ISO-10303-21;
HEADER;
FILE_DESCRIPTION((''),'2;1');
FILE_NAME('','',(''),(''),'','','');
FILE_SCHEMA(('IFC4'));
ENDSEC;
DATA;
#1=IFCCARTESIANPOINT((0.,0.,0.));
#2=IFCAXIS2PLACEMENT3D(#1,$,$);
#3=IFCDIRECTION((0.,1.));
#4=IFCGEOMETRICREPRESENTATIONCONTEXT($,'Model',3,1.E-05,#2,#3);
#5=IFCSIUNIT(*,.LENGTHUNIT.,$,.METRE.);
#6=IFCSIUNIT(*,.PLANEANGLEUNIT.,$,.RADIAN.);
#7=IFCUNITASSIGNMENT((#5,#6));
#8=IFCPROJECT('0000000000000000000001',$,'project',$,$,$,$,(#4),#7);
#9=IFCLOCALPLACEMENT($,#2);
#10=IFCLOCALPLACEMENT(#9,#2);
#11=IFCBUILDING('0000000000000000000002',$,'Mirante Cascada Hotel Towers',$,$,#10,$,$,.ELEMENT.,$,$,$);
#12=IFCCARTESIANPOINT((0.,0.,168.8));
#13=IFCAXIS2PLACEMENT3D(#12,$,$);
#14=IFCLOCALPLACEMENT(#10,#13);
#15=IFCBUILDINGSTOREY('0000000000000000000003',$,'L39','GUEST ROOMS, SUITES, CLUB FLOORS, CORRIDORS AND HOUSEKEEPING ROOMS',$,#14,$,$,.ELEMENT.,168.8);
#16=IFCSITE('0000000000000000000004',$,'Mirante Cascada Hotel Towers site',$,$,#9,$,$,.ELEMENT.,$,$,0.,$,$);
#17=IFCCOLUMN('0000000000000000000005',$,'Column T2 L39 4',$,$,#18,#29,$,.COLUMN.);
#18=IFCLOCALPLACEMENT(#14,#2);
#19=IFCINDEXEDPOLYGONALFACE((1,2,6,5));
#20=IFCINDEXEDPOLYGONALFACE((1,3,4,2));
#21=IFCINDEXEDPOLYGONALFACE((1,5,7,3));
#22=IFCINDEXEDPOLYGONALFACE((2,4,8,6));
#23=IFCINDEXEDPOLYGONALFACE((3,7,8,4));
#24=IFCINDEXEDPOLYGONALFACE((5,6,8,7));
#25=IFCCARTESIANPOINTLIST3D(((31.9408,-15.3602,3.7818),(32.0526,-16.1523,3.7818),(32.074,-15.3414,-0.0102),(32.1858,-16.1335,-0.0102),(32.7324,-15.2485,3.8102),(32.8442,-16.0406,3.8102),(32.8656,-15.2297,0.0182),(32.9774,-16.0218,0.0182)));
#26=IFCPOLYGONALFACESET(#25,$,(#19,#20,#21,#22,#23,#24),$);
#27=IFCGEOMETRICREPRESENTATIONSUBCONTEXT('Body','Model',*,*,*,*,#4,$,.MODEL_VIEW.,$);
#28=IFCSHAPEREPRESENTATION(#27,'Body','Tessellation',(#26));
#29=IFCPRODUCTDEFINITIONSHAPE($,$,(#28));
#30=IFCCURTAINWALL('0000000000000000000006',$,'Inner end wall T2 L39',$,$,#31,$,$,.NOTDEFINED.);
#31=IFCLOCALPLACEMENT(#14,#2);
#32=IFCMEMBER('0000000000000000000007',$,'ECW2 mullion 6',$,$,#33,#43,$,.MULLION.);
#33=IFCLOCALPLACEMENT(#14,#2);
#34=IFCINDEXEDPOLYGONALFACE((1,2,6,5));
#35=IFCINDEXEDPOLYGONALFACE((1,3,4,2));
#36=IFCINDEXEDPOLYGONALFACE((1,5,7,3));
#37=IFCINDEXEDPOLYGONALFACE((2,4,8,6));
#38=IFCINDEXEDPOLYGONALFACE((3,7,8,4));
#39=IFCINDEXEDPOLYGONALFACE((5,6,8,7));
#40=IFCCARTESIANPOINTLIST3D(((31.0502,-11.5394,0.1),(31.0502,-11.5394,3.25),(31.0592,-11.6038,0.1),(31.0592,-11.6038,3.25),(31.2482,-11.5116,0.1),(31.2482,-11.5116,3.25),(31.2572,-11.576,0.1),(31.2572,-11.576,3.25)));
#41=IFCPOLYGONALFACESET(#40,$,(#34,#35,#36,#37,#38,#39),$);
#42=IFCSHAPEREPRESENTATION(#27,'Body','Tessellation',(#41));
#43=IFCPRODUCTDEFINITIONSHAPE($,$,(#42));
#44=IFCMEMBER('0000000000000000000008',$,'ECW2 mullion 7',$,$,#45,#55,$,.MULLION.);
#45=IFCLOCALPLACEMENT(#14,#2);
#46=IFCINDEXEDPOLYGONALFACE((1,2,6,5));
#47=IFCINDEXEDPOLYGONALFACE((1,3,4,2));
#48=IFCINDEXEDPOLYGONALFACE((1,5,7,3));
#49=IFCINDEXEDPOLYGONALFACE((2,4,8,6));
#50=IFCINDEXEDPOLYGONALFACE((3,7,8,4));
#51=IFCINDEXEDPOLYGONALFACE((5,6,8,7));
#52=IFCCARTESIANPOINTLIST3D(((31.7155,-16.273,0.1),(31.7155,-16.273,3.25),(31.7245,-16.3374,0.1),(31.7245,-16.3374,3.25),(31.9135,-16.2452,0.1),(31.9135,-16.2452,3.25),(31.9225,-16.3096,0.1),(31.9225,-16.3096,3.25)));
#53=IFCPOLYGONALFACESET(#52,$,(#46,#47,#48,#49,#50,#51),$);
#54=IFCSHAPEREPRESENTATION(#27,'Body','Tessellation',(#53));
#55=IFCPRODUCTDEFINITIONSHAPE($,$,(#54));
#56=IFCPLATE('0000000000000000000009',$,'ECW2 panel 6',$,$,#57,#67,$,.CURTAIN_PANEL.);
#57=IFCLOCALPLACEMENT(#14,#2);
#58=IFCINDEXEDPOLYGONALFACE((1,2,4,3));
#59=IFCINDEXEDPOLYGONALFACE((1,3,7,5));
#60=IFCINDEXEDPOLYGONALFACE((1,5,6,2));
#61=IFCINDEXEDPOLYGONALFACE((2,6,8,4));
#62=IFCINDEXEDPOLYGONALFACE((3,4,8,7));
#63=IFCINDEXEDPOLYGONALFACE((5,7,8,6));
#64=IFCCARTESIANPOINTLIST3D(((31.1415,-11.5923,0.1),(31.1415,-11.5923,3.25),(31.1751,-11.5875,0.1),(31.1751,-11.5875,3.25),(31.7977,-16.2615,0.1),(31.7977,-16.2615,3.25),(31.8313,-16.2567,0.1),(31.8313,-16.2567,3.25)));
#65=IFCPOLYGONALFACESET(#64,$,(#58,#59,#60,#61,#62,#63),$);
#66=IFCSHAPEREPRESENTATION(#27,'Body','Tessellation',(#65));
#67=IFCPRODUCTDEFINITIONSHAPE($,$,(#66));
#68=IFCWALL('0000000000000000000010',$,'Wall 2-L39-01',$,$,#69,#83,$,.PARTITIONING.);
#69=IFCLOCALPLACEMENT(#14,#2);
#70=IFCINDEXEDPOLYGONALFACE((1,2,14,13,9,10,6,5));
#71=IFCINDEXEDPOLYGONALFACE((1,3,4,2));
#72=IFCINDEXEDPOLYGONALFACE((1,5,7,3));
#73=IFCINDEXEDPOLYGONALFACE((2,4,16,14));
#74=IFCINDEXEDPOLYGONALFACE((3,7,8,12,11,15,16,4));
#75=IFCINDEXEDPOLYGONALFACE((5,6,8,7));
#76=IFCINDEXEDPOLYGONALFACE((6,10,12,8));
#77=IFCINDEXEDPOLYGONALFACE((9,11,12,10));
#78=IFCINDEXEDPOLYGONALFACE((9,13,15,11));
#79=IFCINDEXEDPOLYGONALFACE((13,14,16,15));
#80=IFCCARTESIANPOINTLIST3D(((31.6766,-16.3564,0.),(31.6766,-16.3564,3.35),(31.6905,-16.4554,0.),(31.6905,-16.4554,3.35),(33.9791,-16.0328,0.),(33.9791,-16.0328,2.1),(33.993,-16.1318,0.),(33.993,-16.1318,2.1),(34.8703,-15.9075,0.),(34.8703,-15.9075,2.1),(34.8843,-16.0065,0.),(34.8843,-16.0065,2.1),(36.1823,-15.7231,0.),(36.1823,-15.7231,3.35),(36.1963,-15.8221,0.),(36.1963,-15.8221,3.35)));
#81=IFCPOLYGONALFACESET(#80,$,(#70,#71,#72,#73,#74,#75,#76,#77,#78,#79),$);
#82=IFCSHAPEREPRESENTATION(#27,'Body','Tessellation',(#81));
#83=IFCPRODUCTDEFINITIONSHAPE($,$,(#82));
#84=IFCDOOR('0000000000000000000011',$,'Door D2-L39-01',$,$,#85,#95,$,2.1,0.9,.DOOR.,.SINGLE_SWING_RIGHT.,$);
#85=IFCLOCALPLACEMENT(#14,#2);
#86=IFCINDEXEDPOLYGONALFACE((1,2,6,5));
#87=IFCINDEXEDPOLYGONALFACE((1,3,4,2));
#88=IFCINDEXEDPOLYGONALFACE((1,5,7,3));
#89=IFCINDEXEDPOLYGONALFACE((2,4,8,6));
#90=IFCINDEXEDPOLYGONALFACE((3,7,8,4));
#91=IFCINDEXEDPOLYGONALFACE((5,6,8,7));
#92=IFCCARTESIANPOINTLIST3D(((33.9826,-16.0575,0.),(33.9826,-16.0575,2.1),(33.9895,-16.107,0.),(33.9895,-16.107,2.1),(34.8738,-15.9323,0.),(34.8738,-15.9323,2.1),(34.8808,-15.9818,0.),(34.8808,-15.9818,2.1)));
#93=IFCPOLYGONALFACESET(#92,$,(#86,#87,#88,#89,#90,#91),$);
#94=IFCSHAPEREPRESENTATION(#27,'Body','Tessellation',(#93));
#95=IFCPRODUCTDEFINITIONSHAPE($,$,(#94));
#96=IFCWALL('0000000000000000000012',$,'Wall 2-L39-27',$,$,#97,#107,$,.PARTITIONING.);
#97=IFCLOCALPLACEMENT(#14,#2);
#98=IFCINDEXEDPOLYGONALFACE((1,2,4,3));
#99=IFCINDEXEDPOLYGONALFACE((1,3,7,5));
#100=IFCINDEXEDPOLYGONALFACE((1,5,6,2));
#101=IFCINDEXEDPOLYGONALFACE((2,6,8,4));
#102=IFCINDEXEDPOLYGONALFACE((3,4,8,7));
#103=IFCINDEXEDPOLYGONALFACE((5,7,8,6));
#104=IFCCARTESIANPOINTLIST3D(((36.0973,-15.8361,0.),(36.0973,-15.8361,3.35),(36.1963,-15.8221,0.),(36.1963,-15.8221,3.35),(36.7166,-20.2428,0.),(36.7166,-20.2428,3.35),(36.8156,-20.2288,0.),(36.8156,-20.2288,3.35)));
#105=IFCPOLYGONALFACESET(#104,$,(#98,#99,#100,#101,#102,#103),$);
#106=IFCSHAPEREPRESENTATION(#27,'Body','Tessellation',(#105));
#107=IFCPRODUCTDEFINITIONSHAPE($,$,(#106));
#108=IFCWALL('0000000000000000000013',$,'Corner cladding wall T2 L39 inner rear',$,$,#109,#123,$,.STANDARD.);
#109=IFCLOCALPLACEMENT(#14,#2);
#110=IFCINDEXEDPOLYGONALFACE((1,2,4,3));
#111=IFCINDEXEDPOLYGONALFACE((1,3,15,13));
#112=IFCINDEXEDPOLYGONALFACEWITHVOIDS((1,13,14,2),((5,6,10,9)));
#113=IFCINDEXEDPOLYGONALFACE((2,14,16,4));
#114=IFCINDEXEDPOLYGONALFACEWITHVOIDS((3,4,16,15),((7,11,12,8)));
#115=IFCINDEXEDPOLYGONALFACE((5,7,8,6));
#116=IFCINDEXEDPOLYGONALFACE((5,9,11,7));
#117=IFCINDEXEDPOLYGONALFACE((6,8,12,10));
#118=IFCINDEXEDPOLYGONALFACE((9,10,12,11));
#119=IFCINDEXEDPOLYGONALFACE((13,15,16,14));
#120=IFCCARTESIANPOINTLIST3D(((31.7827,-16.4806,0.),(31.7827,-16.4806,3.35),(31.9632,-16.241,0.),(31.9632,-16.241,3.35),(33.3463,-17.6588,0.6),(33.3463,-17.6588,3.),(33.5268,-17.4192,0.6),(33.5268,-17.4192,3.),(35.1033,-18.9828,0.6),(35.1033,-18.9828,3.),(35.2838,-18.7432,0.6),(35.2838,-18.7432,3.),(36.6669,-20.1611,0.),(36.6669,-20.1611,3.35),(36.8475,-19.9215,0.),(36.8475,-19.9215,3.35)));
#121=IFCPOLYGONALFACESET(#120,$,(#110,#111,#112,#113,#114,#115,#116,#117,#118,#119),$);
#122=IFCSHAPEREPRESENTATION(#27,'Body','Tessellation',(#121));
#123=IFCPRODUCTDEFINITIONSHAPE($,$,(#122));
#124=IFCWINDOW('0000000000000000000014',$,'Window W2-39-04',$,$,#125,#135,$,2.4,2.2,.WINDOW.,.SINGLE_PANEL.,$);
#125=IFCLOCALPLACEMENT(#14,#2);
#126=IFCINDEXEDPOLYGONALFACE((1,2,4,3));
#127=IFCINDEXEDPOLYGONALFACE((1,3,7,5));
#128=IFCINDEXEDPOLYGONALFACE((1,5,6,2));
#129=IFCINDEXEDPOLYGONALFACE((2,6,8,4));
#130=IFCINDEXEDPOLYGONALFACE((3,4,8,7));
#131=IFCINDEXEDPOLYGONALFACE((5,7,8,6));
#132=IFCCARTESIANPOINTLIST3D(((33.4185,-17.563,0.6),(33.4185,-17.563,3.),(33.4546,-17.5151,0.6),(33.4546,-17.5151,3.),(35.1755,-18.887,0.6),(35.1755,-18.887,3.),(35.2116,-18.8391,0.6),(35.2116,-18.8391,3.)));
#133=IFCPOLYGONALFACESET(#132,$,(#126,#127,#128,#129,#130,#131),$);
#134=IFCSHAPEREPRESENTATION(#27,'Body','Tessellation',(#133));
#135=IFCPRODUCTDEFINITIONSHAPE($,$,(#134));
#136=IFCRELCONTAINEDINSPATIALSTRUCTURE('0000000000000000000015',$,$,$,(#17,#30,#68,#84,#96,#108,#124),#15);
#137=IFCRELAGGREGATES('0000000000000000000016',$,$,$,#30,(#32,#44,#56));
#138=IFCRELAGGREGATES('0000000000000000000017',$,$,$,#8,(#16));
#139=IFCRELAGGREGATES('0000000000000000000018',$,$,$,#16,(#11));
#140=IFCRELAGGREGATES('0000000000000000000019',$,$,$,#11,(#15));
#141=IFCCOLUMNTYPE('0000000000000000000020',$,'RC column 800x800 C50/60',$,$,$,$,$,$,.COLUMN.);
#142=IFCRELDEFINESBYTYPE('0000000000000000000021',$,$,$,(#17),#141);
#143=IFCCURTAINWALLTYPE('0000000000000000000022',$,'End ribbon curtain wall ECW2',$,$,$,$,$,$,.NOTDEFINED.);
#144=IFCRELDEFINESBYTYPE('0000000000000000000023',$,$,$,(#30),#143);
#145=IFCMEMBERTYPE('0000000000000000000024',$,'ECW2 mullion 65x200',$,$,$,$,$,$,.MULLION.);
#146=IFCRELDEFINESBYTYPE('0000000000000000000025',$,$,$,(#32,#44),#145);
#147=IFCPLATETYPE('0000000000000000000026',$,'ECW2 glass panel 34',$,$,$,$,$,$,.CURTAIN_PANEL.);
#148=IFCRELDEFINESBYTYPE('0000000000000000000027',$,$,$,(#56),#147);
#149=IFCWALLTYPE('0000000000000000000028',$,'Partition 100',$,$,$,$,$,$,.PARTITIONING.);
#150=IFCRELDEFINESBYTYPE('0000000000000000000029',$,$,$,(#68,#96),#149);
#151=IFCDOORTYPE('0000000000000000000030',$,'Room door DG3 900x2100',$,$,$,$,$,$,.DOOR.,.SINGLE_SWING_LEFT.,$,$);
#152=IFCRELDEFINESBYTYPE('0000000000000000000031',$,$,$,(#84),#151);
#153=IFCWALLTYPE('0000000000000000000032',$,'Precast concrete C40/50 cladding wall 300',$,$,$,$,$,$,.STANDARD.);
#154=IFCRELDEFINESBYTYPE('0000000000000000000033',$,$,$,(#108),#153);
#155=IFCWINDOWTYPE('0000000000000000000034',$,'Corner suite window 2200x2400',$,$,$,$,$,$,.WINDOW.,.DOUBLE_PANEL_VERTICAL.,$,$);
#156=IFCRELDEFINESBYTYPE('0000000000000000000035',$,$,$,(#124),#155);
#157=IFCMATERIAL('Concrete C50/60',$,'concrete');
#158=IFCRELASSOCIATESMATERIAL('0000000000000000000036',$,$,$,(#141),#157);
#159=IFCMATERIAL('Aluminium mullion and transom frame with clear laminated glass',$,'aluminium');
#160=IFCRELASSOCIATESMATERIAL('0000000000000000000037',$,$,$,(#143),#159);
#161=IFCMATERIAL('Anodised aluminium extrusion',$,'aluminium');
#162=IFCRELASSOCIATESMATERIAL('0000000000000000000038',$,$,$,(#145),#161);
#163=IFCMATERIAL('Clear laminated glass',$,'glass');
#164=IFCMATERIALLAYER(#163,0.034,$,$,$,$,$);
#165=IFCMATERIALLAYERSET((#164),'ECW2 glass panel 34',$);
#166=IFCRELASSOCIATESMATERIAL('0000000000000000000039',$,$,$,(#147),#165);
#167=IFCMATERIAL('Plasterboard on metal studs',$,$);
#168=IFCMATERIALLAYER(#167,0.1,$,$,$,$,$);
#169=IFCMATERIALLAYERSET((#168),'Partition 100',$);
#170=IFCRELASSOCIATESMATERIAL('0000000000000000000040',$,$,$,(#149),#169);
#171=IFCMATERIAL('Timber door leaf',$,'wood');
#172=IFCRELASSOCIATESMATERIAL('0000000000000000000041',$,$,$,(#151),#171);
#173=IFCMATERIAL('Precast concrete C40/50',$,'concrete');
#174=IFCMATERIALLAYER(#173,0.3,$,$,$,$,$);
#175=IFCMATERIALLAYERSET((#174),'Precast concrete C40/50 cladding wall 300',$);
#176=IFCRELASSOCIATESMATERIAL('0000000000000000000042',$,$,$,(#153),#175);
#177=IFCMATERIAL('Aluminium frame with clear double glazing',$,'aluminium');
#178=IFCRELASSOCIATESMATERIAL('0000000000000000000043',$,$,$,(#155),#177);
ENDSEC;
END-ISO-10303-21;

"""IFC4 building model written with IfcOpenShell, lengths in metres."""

from ifc_helpers import new_model, si_unit, direction, frame, frame_2d, origin, origin_2d, place, context, subcontext, project, spatial, rectangle, extrude, material, layer, layer_set, material_profile, profile_set, type_object, element, fill, aggregate, save


model = new_model("IFC4")

# Units and contexts
model_context = context("Model", 3, precision=1e-05, world=origin(), true_north=direction((0.0, 1.0)))
body_context = subcontext(model_context, "Body", "Model", "MODEL_VIEW")
ifc_project = project(units=[si_unit("LENGTHUNIT", "METRE"), si_unit("PLANEANGLEUNIT", "RADIAN")], contexts=[model_context])

# Site, building, storey
site_placement = place(None, origin())
site = spatial("IfcSite", under=ifc_project, at=site_placement, Name="Mirante Cascada Hotel Towers site", CompositionType="ELEMENT", RefElevation=0.0)
building_placement = place(site_placement, origin())
building = spatial("IfcBuilding", under=site, at=building_placement, Name="Mirante Cascada Hotel Towers", CompositionType="ELEMENT")
storey_placement = place(building_placement, frame((0.0, 0.0, 168.8)))
storey = spatial("IfcBuildingStorey", under=building, at=storey_placement, Name="L39", Description="GUEST ROOMS, SUITES, CLUB FLOORS, CORRIDORS AND HOUSEKEEPING ROOMS", CompositionType="ELEMENT", Elevation=168.8)

# Column
ifc_material_1 = material(Name="Concrete C50/60", Category="concrete")
ifc_material_profile_1 = material_profile(ifc_material_1, rectangle(XDim=0.8, YDim=0.8, at=origin_2d()), Name="RC column 800x800 C50/60")
ifc_profile_set_1 = profile_set([ifc_material_profile_1], Name="Concrete C50/60")
column_type = type_object("IfcColumnType", Name="RC column 800x800 C50/60", PredefinedType="COLUMN", material=ifc_profile_set_1)
column_placement = place(storey_placement, frame((32.5257, -15.6816, 0.004), z_axis=(-0.035104, -0.004955, 0.999371), x_axis=(0.139756, -0.990186, 0.0)))
element("IfcColumn", 1, at=column_placement, inside=storey, type_object=column_type, Name="Column T2 L39 4", PredefinedType="COLUMN", context=body_context, shape_type="SweptSolid", body=[
    extrude(rectangle(XDim=0.8, YDim=0.8, at=origin_2d()), origin(), (0.0, 0.0, 1.0), 3.7944),
])

# Curtain wall, members, plate
ifc_material_2 = material(Name="Aluminium mullion and transom frame with clear laminated glass", Category="aluminium")
curtain_wall_type = type_object("IfcCurtainWallType", Name="End ribbon curtain wall ECW2", PredefinedType="NOTDEFINED", material=ifc_material_2)
curtain_wall_placement = place(storey_placement, origin())
curtain_wall = element("IfcCurtainWall", 2, at=curtain_wall_placement, inside=storey, type_object=curtain_wall_type, Name="Inner end wall T2 L39", PredefinedType="NOTDEFINED")
ifc_material_3 = material(Name="Anodised aluminium extrusion", Category="aluminium")
ifc_material_profile_2 = material_profile(ifc_material_3, rectangle(XDim=0.2, YDim=0.065, at=origin_2d()), Name="ECW2 MULLION 65x200")
ifc_profile_set_2 = profile_set([ifc_material_profile_2], Name="Anodised aluminium extrusion")
member_type = type_object("IfcMemberType", Name="ECW2 mullion 65x200", PredefinedType="MULLION", material=ifc_profile_set_2)
member_1_placement = place(storey_placement, frame((31.1537, -11.5577, 0.1), z_axis=(0.0, 0.0, 1.0), x_axis=(0.990268, 0.139173, 0.0)))
member_1 = element("IfcMember", 3, at=member_1_placement, type_object=member_type, Name="ECW2 mullion 6", PredefinedType="MULLION", context=body_context, shape_type="SweptSolid", body=[
    extrude(rectangle(XDim=0.2, YDim=0.065, at=origin_2d()), origin(), (0.0, 0.0, 1.0), 3.15),
])
member_2_placement = place(storey_placement, frame((31.819, -16.2913, 0.1), z_axis=(0.0, 0.0, 1.0), x_axis=(0.990268, 0.139173, 0.0)))
member_2 = element("IfcMember", 4, at=member_2_placement, type_object=member_type, Name="ECW2 mullion 7", PredefinedType="MULLION", context=body_context, shape_type="SweptSolid", body=[
    extrude(rectangle(XDim=0.2, YDim=0.065, at=origin_2d()), origin(), (0.0, 0.0, 1.0), 3.15),
])
ifc_material_4 = material(Name="Clear laminated glass", Category="glass")
ifc_layer_1 = layer(ifc_material_4, 0.034)
ifc_layer_set_1 = layer_set([ifc_layer_1], Name="ECW2 glass panel 34")
plate_type = type_object("IfcPlateType", Name="ECW2 glass panel 34", PredefinedType="CURTAIN_PANEL", material=ifc_layer_set_1)
plate_placement = place(storey_placement, frame((31.4864, -13.9245, 0.1), z_axis=(0.0, 0.0, 1.0), x_axis=(0.139173, -0.990268, 0.0)))
plate = element("IfcPlate", 5, at=plate_placement, type_object=plate_type, Name="ECW2 panel 6", PredefinedType="CURTAIN_PANEL", context=body_context, shape_type="SweptSolid", body=[
    extrude(rectangle(XDim=4.7151, YDim=0.034, at=origin_2d()), origin(), (0.0, 0.0, 1.0), 3.15),
])
aggregate(curtain_wall, [member_1, member_2, plate])

# Wall, opening, door
ifc_material_5 = material(Name="Plasterboard on metal studs")
ifc_layer_2 = layer(ifc_material_5, 0.1)
ifc_layer_set_2 = layer_set([ifc_layer_2], Name="Partition 100")
wall_type_1 = type_object("IfcWallType", Name="Partition 100", PredefinedType="PARTITIONING", material=ifc_layer_set_2)
wall_1_placement = place(storey_placement, frame((36.1893, -15.7726, 0.0), z_axis=(0.0, 0.0, 1.0), x_axis=(-0.990266, -0.139187, 0.0)))
wall_1 = element("IfcWall", 6, at=wall_1_placement, inside=storey, type_object=wall_type_1, Name="Wall 2-L39-01", PredefinedType="PARTITIONING", context=body_context, shape_type="SweptSolid", body=[
    extrude(rectangle(XDim=4.55, YDim=0.1, at=frame_2d((2.275, 0.0))), origin(), (0.0, 0.0, 1.0), 3.35),
])
opening_1_placement = place(wall_1_placement, frame((1.3249, 0.0, 0.0)))
opening_1 = element("IfcOpeningElement", 7, at=opening_1_placement, cuts=wall_1, PredefinedType="OPENING", context=body_context, shape_type="SweptSolid", body=[
    extrude(rectangle(XDim=0.9, YDim=2.1, at=frame_2d((0.45, 1.05))), frame((0.0, 0.05, 0.0), z_axis=(0.0, -1.0, 0.0), x_axis=(1.0, 0.0, 0.0)), (0.0, 0.0, 1.0), 0.1),
])
ifc_material_6 = material(Name="Timber door leaf", Category="wood")
door_type = type_object("IfcDoorType", Name="Room door DG3 900x2100", OperationType="SINGLE_SWING_LEFT", PredefinedType="DOOR", material=ifc_material_6)
door_placement = place(opening_1_placement, frame((0.9, 0.0, 0.0), z_axis=(0.0, 0.0, 1.0), x_axis=(-1.0, 0.0, 0.0)))
door = element("IfcDoor", 8, at=door_placement, inside=storey, type_object=door_type, Name="Door D2-L39-01", OperationType="SINGLE_SWING_RIGHT", OverallHeight=2.1, OverallWidth=0.9, PredefinedType="DOOR", context=body_context, shape_type="SweptSolid", body=[
    extrude(rectangle(XDim=0.9, YDim=2.1, at=frame_2d((0.45, 1.05))), frame((0.0, 0.025, 0.0), z_axis=(0.0, -1.0, 0.0), x_axis=(1.0, 0.0, 0.0)), (0.0, 0.0, 1.0), 0.05),
])
fill(opening_1, door)

# Wall
wall_2_placement = place(storey_placement, frame((36.1468, -15.8291, 0.0), z_axis=(0.0, 0.0, 1.0), x_axis=(0.139168, -0.990269, 0.0)))
element("IfcWall", 9, at=wall_2_placement, inside=storey, type_object=wall_type_1, Name="Wall 2-L39-27", PredefinedType="PARTITIONING", context=body_context, shape_type="SweptSolid", body=[
    extrude(rectangle(XDim=4.45, YDim=0.1, at=frame_2d((2.225, 0.0))), origin(), (0.0, 0.0, 1.0), 3.35),
])

# Wall, opening, window
ifc_material_7 = material(Name="Precast concrete C40/50", Category="concrete")
ifc_layer_3 = layer(ifc_material_7, 0.3)
ifc_layer_set_3 = layer_set([ifc_layer_3], Name="Precast concrete C40/50 cladding wall 300")
wall_type_2 = type_object("IfcWallType", Name="Precast concrete C40/50 cladding wall 300", PredefinedType="STANDARD", material=ifc_layer_set_3)
wall_3_placement = place(storey_placement, frame((31.873, -16.3608, 0.0), z_axis=(0.0, 0.0, 1.0), x_axis=(0.798636, -0.601814, 0.0)))
wall_3 = element("IfcWall", 10, at=wall_3_placement, inside=storey, type_object=wall_type_2, Name="Corner cladding wall T2 L39 inner rear", PredefinedType="STANDARD", context=body_context, shape_type="SweptSolid", body=[
    extrude(rectangle(XDim=6.1157, YDim=0.3, at=frame_2d((3.0578, 0.0))), origin(), (0.0, 0.0, 1.0), 3.35),
])
opening_2_placement = place(wall_3_placement, frame((1.9578, 0.0, 0.6)))
opening_2 = element("IfcOpeningElement", 11, at=opening_2_placement, cuts=wall_3, PredefinedType="OPENING", context=body_context, shape_type="SweptSolid", body=[
    extrude(rectangle(XDim=2.2, YDim=2.4, at=frame_2d((1.1, 1.2))), frame((0.0, 0.15, 0.0), z_axis=(0.0, -1.0, 0.0), x_axis=(1.0, 0.0, 0.0)), (0.0, 0.0, 1.0), 0.3),
])
ifc_material_8 = material(Name="Aluminium frame with clear double glazing", Category="aluminium")
window_type = type_object("IfcWindowType", Name="Corner suite window 2200x2400", PartitioningType="DOUBLE_PANEL_VERTICAL", PredefinedType="WINDOW", material=ifc_material_8)
window_placement = place(opening_2_placement, origin())
window = element("IfcWindow", 12, at=window_placement, inside=storey, type_object=window_type, Name="Window W2-39-04", OverallHeight=2.4, OverallWidth=2.2, PartitioningType="SINGLE_PANEL", PredefinedType="WINDOW", context=body_context, shape_type="SweptSolid", body=[
    extrude(rectangle(XDim=2.2, YDim=2.4, at=frame_2d((1.1, 1.2))), frame((0.0, 0.03, 0.0), z_axis=(0.0, -1.0, 0.0), x_axis=(1.0, 0.0, 0.0)), (0.0, 0.0, 1.0), 0.06),
])
fill(opening_2, window)

save(model, "model.ifc")
